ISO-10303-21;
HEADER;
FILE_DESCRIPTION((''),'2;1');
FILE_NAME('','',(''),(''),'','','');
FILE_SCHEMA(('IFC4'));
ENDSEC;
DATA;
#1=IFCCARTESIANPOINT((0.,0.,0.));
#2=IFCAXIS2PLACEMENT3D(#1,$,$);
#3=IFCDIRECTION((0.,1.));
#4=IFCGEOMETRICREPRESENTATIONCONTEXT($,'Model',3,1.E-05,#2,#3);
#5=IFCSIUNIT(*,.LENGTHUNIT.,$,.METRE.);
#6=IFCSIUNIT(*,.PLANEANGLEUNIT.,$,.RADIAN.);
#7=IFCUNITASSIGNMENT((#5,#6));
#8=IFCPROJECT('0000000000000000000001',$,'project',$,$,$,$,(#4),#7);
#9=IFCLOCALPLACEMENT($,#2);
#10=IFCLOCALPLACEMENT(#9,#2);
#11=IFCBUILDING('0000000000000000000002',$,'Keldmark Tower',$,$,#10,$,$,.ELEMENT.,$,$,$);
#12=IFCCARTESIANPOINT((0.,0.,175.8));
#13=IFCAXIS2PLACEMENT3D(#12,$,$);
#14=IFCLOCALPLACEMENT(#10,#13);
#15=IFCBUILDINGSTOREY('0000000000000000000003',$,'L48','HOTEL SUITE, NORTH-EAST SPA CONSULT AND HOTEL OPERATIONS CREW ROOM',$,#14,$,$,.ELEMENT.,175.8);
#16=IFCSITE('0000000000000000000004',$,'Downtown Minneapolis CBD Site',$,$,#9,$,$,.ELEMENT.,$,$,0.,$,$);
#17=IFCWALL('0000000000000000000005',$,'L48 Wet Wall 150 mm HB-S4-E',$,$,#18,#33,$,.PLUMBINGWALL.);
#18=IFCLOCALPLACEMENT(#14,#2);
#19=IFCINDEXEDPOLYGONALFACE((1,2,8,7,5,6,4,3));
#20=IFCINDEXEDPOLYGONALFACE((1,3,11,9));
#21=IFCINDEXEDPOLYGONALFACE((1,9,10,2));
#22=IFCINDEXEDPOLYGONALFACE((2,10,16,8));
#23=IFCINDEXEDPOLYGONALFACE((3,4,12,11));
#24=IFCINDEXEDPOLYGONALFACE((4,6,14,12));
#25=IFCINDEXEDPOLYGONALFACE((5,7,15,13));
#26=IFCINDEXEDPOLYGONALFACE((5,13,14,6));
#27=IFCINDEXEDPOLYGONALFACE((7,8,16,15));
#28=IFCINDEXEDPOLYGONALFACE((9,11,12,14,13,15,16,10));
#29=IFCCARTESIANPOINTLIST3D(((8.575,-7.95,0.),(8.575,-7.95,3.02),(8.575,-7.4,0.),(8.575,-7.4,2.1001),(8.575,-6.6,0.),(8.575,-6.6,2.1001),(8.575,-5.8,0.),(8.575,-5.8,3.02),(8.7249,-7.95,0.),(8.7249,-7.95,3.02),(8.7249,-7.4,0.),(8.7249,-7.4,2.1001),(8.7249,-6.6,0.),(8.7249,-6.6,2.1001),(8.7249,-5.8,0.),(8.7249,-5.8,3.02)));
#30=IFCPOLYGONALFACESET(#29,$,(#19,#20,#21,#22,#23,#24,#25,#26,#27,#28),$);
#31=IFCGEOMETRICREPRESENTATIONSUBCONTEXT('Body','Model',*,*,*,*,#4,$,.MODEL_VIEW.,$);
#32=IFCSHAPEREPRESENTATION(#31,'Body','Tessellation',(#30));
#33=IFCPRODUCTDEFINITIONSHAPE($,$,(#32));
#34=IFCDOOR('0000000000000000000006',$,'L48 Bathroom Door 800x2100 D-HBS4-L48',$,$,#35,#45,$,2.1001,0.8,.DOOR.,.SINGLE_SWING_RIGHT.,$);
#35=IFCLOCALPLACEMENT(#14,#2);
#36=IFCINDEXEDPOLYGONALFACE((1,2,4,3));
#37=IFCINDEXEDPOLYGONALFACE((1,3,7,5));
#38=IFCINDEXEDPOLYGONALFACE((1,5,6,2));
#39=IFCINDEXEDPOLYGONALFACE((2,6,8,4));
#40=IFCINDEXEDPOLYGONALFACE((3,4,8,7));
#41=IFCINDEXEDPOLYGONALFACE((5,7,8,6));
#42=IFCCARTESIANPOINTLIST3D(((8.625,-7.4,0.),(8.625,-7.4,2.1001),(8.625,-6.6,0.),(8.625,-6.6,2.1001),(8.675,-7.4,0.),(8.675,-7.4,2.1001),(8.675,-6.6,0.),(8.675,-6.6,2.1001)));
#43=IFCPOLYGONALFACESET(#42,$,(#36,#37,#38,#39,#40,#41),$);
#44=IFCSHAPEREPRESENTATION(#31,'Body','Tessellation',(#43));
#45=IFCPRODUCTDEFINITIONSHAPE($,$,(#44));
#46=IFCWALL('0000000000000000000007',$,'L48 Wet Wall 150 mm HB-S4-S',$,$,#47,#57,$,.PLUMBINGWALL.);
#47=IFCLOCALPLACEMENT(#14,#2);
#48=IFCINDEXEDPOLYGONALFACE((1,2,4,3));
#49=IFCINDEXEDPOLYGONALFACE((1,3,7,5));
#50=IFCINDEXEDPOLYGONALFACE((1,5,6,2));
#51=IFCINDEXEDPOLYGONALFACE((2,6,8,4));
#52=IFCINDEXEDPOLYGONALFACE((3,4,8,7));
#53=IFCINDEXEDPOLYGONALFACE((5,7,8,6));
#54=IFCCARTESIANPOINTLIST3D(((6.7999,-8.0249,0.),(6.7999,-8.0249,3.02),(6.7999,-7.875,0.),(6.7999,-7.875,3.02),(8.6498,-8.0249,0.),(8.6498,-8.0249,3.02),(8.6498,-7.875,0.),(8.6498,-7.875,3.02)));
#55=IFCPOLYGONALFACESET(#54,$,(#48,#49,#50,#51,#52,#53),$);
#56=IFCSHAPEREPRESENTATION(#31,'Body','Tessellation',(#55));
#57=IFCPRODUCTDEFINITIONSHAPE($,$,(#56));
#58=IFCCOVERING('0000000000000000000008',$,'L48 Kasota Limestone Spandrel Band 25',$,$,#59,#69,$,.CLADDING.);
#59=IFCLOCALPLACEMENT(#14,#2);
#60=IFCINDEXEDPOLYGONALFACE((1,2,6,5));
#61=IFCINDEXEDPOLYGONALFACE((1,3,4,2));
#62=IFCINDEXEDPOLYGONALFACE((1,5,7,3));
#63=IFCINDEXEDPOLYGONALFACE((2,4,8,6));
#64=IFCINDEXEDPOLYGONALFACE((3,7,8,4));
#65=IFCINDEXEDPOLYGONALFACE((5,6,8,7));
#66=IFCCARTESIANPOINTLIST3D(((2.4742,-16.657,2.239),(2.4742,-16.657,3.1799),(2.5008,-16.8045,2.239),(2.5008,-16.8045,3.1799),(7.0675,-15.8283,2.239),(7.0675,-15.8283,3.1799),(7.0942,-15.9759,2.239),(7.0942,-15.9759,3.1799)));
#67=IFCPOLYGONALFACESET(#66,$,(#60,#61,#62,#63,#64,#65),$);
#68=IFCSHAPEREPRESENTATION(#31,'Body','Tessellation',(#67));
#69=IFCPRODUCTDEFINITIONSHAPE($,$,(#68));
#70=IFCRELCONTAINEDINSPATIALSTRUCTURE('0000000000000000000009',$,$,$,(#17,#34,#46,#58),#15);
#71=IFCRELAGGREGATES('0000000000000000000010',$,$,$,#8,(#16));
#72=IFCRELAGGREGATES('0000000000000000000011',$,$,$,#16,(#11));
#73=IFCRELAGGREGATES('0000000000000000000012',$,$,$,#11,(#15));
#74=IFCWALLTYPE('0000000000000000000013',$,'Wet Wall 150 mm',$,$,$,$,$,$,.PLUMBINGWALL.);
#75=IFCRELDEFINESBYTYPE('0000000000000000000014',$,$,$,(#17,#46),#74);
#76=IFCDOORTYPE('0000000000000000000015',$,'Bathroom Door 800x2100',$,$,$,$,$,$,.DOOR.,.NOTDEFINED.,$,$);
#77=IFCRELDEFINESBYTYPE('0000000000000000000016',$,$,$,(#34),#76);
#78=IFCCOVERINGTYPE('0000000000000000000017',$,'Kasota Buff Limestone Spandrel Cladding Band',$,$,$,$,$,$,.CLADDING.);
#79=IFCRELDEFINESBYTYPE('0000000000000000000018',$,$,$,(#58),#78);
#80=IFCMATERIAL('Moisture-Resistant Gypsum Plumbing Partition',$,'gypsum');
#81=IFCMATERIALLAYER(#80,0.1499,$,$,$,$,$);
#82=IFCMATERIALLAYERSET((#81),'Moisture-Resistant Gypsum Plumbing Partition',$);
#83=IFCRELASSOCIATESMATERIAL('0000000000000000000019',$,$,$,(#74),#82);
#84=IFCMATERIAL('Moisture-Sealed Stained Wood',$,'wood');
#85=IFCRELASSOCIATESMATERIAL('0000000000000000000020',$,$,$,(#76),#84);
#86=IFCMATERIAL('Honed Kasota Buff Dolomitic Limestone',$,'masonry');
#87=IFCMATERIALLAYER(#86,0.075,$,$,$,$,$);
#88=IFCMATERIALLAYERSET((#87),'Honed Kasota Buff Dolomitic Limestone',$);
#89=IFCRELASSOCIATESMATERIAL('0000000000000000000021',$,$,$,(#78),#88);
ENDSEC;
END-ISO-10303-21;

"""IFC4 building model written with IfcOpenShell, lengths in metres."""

from ifc_helpers import new_model, si_unit, direction, frame, frame_2d, origin, origin_2d, place, context, subcontext, project, spatial, rectangle, extrude, material, layer, layer_set, type_object, element, fill, save


model = new_model("IFC4")

# Units and contexts
model_context = context("Model", 3, precision=1e-05, world=origin(), true_north=direction((0.0, 1.0)))
body_context = subcontext(model_context, "Body", "Model", "MODEL_VIEW")
ifc_project = project(units=[si_unit("LENGTHUNIT", "METRE"), si_unit("PLANEANGLEUNIT", "RADIAN")], contexts=[model_context])

# Site, building, storey
site_placement = place(None, origin())
site = spatial("IfcSite", under=ifc_project, at=site_placement, Name="Downtown Minneapolis CBD Site", CompositionType="ELEMENT", RefElevation=0.0)
building_placement = place(site_placement, origin())
building = spatial("IfcBuilding", under=site, at=building_placement, Name="Keldmark Tower", CompositionType="ELEMENT")
storey_placement = place(building_placement, frame((0.0, 0.0, 175.8)))
storey = spatial("IfcBuildingStorey", under=building, at=storey_placement, Name="L48", Description="HOTEL SUITE, NORTH-EAST SPA CONSULT AND HOTEL OPERATIONS CREW ROOM", CompositionType="ELEMENT", Elevation=175.8)

# Shared definitions
ifc_material_1 = material(Name="Moisture-Resistant Gypsum Plumbing Partition", Category="gypsum")
ifc_layer_1 = layer(ifc_material_1, 0.1499)
ifc_layer_set_1 = layer_set([ifc_layer_1], Name="Moisture-Resistant Gypsum Plumbing Partition")
wall_type_1 = type_object("IfcWallType", Name="Wet Wall 150 mm", PredefinedType="PLUMBINGWALL", material=ifc_layer_set_1)

# Shared definitions
ifc_material_2 = material(Name="Moisture-Sealed Stained Wood", Category="wood")
door_type = type_object("IfcDoorType", Name="Bathroom Door 800x2100", OperationType="NOTDEFINED", PredefinedType="DOOR", material=ifc_material_2)

# Wall, opening, door
wall_1_placement = place(storey_placement, frame((8.6499, -7.95, 0.0), z_axis=(0.0, 0.0, 1.0), x_axis=(0.0, 1.0, 0.0)))
wall_1 = element("IfcWall", 1, at=wall_1_placement, inside=storey, type_object=wall_type_1, Name="L48 Wet Wall 150 mm HB-S4-E", PredefinedType="PLUMBINGWALL", context=body_context, shape_type="SweptSolid", body=[
    extrude(rectangle(XDim=2.1499, YDim=0.1499, at=frame_2d((1.075, 0.0))), origin(), (0.0, 0.0, 1.0), 3.02),
])
opening_1_placement = place(wall_1_placement, frame((0.55, 0.0, 0.0)))
opening_1 = element("IfcOpeningElement", 2, at=opening_1_placement, cuts=wall_1, PredefinedType="OPENING", context=body_context, shape_type="SweptSolid", body=[
    extrude(rectangle(XDim=0.8, YDim=2.1001, at=frame_2d((0.3999, 1.05))), frame((0.0, 0.085, 0.0), z_axis=(0.0, -1.0, 0.0), x_axis=(1.0, 0.0, 0.0)), (0.0, 0.0, 1.0), 0.1699),
])
door_1_placement = place(opening_1_placement, origin())
door_1 = element("IfcDoor", 3, at=door_1_placement, inside=storey, type_object=door_type, Name="L48 Bathroom Door 800x2100 D-HBS4-L48", OperationType="SINGLE_SWING_RIGHT", OverallHeight=2.1001, OverallWidth=0.8, PredefinedType="DOOR", context=body_context, shape_type="SweptSolid", body=[
    extrude(rectangle(XDim=0.8, YDim=2.1001, at=frame_2d((0.3999, 1.05))), frame((0.0, 0.0249, 0.0), z_axis=(0.0, -1.0, 0.0), x_axis=(1.0, 0.0, 0.0)), (0.0, 0.0, 1.0), 0.05),
])
fill(opening_1, door_1)

# Wall
wall_2_placement = place(storey_placement, frame((6.8, -7.95, 0.0), z_axis=(0.0, 0.0, 1.0), x_axis=(1.0, 0.0, 0.0)))
element("IfcWall", 4, at=wall_2_placement, inside=storey, type_object=wall_type_1, Name="L48 Wet Wall 150 mm HB-S4-S", PredefinedType="PLUMBINGWALL", context=body_context, shape_type="SweptSolid", body=[
    extrude(rectangle(XDim=1.8499, YDim=0.1499, at=frame_2d((0.9248, 0.0))), origin(), (0.0, 0.0, 1.0), 3.02),
])

# Covering
ifc_material_3 = material(Name="Honed Kasota Buff Dolomitic Limestone", Category="masonry")
ifc_layer_2 = layer(ifc_material_3, 0.075)
ifc_layer_set_2 = layer_set([ifc_layer_2], Name="Honed Kasota Buff Dolomitic Limestone")
covering_type = type_object("IfcCoveringType", Name="Kasota Buff Limestone Spandrel Cladding Band", PredefinedType="CLADDING", material=ifc_layer_set_2)
covering_placement = place(storey_placement, frame((4.7842, -16.3164, 2.239), z_axis=(0.0, 0.0, 1.0), x_axis=(0.984115, 0.177531, 0.0)))
element("IfcCovering", 5, at=covering_placement, inside=storey, type_object=covering_type, Name="L48 Kasota Limestone Spandrel Band 25", PredefinedType="CLADDING", context=body_context, shape_type="SweptSolid", body=[
    extrude(rectangle(XDim=4.6675, YDim=0.1499, at=origin_2d()), origin(), (0.0, 0.0, 1.0), 0.9409),
])

save(model, "model.ifc")
